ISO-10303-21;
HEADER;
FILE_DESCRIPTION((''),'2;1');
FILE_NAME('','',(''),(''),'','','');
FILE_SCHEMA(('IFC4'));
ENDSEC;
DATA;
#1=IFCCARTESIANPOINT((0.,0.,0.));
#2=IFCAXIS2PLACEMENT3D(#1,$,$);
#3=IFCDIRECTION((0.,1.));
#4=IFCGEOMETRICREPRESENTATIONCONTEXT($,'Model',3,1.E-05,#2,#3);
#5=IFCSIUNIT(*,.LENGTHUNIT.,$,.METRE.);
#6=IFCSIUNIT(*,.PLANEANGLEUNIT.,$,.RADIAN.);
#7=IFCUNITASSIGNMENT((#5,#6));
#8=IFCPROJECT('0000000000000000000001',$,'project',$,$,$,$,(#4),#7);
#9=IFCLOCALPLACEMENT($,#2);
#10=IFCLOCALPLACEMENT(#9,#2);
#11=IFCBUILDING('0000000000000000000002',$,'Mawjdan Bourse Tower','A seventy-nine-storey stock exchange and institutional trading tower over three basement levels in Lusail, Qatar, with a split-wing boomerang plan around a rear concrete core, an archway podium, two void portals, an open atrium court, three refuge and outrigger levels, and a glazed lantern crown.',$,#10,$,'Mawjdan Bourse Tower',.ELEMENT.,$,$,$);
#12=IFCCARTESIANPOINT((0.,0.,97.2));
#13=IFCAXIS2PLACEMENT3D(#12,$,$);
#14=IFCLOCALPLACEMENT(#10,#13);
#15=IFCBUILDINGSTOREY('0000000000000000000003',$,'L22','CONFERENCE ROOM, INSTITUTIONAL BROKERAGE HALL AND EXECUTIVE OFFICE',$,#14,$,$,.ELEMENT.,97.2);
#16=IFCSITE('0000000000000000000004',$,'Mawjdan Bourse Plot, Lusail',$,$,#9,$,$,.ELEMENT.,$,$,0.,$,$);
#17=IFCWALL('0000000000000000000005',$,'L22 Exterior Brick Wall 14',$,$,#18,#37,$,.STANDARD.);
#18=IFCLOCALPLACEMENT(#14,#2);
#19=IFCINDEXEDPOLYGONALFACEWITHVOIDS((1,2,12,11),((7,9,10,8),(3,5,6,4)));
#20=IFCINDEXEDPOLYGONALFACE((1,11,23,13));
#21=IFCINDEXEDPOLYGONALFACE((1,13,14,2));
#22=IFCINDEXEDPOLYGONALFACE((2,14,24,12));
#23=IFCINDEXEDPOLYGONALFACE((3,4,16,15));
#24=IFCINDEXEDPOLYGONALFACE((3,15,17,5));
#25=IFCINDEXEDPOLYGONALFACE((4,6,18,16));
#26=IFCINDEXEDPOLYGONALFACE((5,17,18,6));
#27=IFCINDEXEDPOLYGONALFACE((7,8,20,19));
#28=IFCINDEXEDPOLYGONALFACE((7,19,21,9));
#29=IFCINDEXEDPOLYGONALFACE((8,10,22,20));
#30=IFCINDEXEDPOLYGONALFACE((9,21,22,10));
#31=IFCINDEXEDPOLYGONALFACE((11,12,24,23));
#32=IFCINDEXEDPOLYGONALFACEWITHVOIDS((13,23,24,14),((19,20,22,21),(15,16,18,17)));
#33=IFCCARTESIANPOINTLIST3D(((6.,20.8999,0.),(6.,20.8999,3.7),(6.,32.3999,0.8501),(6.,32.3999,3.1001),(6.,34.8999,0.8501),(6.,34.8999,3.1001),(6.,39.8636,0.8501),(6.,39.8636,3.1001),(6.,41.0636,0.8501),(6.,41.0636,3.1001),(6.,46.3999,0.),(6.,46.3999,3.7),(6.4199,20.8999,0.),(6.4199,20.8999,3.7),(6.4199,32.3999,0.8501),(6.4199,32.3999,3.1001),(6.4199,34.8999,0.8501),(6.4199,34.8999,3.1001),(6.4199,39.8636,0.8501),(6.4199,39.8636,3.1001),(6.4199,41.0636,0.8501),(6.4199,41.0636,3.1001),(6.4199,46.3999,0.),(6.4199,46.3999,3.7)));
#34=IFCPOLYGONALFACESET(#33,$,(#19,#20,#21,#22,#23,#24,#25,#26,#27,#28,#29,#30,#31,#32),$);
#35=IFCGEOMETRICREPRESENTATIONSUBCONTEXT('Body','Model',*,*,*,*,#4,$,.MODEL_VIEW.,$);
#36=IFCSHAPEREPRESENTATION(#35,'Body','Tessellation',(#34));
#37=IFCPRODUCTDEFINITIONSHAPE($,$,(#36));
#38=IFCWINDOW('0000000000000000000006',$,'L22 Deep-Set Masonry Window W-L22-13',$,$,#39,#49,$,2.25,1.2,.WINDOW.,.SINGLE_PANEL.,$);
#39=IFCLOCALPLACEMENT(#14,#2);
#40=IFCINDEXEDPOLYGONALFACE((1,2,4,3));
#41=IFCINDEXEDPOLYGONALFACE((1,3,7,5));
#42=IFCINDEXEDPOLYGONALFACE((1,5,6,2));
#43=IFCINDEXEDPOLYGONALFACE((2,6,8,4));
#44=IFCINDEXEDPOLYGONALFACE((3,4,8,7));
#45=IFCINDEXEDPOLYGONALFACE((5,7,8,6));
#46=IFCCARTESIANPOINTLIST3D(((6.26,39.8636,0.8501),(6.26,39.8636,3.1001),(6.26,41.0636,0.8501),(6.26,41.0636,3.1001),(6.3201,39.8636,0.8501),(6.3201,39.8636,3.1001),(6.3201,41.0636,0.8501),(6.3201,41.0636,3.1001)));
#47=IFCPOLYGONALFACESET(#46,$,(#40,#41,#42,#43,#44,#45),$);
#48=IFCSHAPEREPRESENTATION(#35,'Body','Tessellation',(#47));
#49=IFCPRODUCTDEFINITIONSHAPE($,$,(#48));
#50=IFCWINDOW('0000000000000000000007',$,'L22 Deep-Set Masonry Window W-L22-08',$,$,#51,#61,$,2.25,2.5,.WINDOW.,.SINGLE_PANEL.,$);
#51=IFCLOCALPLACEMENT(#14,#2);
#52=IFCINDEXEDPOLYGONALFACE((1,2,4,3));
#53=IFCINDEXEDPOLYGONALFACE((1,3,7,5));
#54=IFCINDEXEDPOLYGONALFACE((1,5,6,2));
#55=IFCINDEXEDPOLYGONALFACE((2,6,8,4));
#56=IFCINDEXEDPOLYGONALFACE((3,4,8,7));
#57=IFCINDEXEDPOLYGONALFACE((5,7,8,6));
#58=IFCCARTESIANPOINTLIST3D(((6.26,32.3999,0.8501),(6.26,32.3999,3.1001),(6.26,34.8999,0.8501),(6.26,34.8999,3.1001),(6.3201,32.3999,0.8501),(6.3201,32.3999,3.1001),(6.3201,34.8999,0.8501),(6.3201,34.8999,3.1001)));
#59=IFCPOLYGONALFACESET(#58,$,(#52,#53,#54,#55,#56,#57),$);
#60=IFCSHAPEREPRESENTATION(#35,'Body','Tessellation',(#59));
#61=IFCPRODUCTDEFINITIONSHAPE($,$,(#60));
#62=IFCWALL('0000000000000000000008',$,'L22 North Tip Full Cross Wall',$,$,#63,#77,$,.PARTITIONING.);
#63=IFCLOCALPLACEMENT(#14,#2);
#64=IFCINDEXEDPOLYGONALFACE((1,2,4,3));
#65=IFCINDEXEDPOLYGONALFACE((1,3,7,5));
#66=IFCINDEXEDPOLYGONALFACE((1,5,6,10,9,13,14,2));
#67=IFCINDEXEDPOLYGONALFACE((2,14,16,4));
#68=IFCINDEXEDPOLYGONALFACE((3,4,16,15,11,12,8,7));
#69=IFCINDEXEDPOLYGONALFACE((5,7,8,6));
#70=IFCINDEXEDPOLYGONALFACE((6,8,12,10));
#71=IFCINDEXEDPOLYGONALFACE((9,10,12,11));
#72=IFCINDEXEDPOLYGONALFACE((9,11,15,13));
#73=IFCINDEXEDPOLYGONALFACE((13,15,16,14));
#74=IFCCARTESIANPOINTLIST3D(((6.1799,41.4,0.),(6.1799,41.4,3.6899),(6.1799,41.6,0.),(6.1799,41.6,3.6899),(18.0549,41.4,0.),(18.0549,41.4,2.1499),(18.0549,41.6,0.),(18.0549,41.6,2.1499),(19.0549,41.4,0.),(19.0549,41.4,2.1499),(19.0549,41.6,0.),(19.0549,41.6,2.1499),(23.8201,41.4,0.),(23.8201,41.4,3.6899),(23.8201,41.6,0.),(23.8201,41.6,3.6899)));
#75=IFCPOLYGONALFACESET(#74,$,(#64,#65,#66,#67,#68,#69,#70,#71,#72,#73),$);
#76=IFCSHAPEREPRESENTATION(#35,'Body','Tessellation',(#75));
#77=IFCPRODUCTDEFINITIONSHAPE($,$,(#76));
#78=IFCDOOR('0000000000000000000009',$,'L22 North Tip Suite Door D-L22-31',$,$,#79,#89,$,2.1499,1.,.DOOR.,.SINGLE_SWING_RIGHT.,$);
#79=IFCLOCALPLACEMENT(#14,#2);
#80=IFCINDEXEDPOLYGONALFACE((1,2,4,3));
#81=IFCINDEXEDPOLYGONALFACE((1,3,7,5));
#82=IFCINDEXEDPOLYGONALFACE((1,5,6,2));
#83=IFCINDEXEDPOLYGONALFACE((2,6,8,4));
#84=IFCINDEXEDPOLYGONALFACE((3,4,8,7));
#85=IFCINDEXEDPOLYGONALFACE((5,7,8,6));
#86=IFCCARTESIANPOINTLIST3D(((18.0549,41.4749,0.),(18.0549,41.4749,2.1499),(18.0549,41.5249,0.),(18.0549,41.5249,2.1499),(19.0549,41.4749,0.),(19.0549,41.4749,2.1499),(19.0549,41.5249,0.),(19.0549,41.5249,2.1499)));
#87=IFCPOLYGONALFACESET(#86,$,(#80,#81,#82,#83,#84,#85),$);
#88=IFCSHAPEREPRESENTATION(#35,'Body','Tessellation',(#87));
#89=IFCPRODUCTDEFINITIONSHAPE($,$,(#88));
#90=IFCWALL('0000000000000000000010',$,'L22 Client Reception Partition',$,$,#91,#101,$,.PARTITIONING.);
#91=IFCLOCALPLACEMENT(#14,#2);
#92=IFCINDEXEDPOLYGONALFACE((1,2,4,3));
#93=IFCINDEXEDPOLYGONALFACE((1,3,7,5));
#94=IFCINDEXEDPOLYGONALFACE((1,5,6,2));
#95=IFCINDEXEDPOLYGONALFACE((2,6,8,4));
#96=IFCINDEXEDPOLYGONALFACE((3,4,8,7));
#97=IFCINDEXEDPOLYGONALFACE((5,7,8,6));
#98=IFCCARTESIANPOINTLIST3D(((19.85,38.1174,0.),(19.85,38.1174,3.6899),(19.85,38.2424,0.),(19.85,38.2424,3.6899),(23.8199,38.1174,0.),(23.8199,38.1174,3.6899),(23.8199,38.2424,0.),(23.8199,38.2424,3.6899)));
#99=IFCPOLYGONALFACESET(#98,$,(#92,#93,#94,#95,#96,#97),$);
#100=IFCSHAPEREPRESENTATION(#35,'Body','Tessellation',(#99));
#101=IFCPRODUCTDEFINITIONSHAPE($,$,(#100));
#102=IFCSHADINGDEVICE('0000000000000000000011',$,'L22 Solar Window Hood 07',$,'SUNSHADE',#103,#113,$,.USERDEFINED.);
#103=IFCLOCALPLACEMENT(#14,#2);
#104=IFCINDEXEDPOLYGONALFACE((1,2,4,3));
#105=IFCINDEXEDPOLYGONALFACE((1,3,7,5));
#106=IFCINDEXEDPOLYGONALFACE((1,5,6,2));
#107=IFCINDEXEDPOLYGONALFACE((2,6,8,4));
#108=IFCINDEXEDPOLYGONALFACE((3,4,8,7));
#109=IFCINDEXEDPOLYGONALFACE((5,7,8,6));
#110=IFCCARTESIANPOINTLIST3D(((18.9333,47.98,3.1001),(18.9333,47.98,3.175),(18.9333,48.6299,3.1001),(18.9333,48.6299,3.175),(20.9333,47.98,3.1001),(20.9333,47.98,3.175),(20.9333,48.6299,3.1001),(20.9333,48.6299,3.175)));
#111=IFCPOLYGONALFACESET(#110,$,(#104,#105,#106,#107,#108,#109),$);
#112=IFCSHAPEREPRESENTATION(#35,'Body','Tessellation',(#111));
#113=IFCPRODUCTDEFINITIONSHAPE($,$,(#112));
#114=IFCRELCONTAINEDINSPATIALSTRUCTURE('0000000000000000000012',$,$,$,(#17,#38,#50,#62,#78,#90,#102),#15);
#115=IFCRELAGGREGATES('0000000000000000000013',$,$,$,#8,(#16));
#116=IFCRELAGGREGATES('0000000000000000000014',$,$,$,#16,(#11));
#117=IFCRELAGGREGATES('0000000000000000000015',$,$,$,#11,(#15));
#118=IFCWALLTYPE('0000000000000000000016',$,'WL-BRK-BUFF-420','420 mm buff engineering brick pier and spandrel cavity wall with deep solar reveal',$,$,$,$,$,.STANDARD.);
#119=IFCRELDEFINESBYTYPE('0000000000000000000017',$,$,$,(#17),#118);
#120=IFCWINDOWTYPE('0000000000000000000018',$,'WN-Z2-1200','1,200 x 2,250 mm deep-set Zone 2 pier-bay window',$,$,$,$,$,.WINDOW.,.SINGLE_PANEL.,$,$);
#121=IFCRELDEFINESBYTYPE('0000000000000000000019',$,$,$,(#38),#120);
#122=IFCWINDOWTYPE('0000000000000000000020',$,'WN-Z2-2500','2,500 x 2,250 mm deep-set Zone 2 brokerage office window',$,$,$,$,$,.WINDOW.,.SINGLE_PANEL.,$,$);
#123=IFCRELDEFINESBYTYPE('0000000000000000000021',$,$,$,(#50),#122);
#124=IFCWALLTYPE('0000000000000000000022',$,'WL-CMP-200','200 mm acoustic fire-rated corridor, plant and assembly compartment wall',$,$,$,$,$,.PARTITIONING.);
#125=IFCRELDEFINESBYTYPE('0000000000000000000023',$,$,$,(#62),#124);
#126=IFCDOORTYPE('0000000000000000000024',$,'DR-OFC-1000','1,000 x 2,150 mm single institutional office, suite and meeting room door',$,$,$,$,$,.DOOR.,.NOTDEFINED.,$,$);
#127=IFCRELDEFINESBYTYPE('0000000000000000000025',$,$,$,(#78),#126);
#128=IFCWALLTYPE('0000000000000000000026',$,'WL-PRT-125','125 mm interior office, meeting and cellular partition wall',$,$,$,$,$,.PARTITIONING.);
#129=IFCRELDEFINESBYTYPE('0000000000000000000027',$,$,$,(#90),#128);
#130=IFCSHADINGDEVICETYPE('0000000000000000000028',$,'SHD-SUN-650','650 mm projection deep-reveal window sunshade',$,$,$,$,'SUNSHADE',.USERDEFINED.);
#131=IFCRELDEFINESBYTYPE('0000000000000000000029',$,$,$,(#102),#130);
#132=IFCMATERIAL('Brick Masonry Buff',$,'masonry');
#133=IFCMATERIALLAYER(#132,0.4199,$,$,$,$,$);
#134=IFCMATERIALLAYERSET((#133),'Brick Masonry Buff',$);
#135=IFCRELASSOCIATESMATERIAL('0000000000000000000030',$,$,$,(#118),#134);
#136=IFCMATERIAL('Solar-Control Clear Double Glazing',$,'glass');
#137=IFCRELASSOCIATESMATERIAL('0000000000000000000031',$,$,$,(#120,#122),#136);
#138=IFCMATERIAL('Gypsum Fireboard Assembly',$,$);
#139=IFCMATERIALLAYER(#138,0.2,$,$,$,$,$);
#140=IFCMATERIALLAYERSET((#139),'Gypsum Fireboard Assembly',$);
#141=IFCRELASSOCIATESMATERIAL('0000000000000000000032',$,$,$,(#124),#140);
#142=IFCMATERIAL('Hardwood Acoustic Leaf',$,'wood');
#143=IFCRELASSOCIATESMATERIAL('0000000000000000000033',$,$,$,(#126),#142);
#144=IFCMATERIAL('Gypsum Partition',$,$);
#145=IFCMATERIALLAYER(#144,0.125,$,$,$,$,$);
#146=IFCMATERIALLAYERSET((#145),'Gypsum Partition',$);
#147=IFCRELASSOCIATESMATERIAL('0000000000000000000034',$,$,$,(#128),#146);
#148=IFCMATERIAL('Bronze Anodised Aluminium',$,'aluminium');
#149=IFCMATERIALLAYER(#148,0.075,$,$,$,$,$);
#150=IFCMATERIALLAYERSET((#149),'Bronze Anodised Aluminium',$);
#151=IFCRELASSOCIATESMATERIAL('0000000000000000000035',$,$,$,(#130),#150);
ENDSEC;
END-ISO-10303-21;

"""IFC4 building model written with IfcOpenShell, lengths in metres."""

from ifc_helpers import new_model, si_unit, direction, frame, frame_2d, origin, origin_2d, place, context, subcontext, project, spatial, rectangle, extrude, material, layer, layer_set, type_object, element, fill, save


model = new_model("IFC4")

# Units and contexts
model_context = context("Model", 3, precision=1e-05, world=origin(), true_north=direction((0.0, 1.0)))
body_context = subcontext(model_context, "Body", "Model", "MODEL_VIEW")
ifc_project = project(units=[si_unit("LENGTHUNIT", "METRE"), si_unit("PLANEANGLEUNIT", "RADIAN")], contexts=[model_context])

# Site, building, storey
site_placement = place(None, origin())
site = spatial("IfcSite", under=ifc_project, at=site_placement, Name="Mawjdan Bourse Plot, Lusail", CompositionType="ELEMENT", RefElevation=0.0)
building_placement = place(site_placement, origin())
building = spatial("IfcBuilding", under=site, at=building_placement, Name="Mawjdan Bourse Tower", Description="A seventy-nine-storey stock exchange and institutional trading tower over three basement levels in Lusail, Qatar, with a split-wing boomerang plan around a rear concrete core, an archway podium, two void portals, an open atrium court, three refuge and outrigger levels, and a glazed lantern crown.", LongName="Mawjdan Bourse Tower", CompositionType="ELEMENT")
storey_placement = place(building_placement, frame((0.0, 0.0, 97.2)))
storey = spatial("IfcBuildingStorey", under=building, at=storey_placement, Name="L22", Description="CONFERENCE ROOM, INSTITUTIONAL BROKERAGE HALL AND EXECUTIVE OFFICE", CompositionType="ELEMENT", Elevation=97.2)

# Shared definitions
ifc_material_1 = material(Name="Brick Masonry Buff", Category="masonry")
ifc_layer_1 = layer(ifc_material_1, 0.4199)
ifc_layer_set_1 = layer_set([ifc_layer_1], Name="Brick Masonry Buff")
wall_type_1 = type_object("IfcWallType", Name="WL-BRK-BUFF-420", Description="420 mm buff engineering brick pier and spandrel cavity wall with deep solar reveal", PredefinedType="STANDARD", material=ifc_layer_set_1)

# Wall, openings, windows
wall_1_placement = place(storey_placement, frame((6.21, 46.3999, 0.0), z_axis=(0.0, 0.0, 1.0), x_axis=(0.0, -1.0, 0.0)))
wall_1 = element("IfcWall", 1, at=wall_1_placement, inside=storey, type_object=wall_type_1, Name="L22 Exterior Brick Wall 14", PredefinedType="STANDARD", context=body_context, shape_type="SweptSolid", body=[
    extrude(rectangle(XDim=25.5, YDim=0.4199, at=frame_2d((12.75, 0.0))), origin(), (0.0, 0.0, 1.0), 3.7),
])
opening_1_placement = place(wall_1_placement, frame((11.5, 0.0, 0.8501)))
opening_1 = element("IfcOpeningElement", 2, at=opening_1_placement, cuts=wall_1, PredefinedType="OPENING", context=body_context, shape_type="SweptSolid", body=[
    extrude(rectangle(XDim=2.5, YDim=2.25, at=frame_2d((1.25, 1.125))), frame((0.0, 0.22, 0.0), z_axis=(0.0, -1.0, 0.0), x_axis=(1.0, 0.0, 0.0)), (0.0, 0.0, 1.0), 0.4399),
])
opening_2_placement = place(wall_1_placement, frame((5.3362, 0.0, 0.8501)))
opening_2 = element("IfcOpeningElement", 3, at=opening_2_placement, cuts=wall_1, PredefinedType="OPENING", context=body_context, shape_type="SweptSolid", body=[
    extrude(rectangle(XDim=1.2, YDim=2.25, at=frame_2d((0.6001, 1.125))), frame((0.0, 0.22, 0.0), z_axis=(0.0, -1.0, 0.0), x_axis=(1.0, 0.0, 0.0)), (0.0, 0.0, 1.0), 0.4399),
])
ifc_material_2 = material(Name="Solar-Control Clear Double Glazing", Category="glass")
window_type_1 = type_object("IfcWindowType", Name="WN-Z2-1200", Description="1,200 x 2,250 mm deep-set Zone 2 pier-bay window", PartitioningType="SINGLE_PANEL", PredefinedType="WINDOW", material=ifc_material_2)
window_1_placement = place(opening_2_placement, origin())
window_1 = element("IfcWindow", 4, at=window_1_placement, inside=storey, type_object=window_type_1, Name="L22 Deep-Set Masonry Window W-L22-13", OverallHeight=2.25, OverallWidth=1.2, PartitioningType="SINGLE_PANEL", PredefinedType="WINDOW", context=body_context, shape_type="SweptSolid", body=[
    extrude(rectangle(XDim=1.2, YDim=2.25, at=frame_2d((0.6001, 1.125))), frame((0.0, 0.1101, 0.0), z_axis=(0.0, -1.0, 0.0), x_axis=(1.0, 0.0, 0.0)), (0.0, 0.0, 1.0), 0.0601),
])
fill(opening_2, window_1)
window_type_2 = type_object("IfcWindowType", Name="WN-Z2-2500", Description="2,500 x 2,250 mm deep-set Zone 2 brokerage office window", PartitioningType="SINGLE_PANEL", PredefinedType="WINDOW", material=ifc_material_2)
window_2_placement = place(opening_1_placement, origin())
window_2 = element("IfcWindow", 5, at=window_2_placement, inside=storey, type_object=window_type_2, Name="L22 Deep-Set Masonry Window W-L22-08", OverallHeight=2.25, OverallWidth=2.5, PartitioningType="SINGLE_PANEL", PredefinedType="WINDOW", context=body_context, shape_type="SweptSolid", body=[
    extrude(rectangle(XDim=2.5, YDim=2.25, at=frame_2d((1.25, 1.125))), frame((0.0, 0.1101, 0.0), z_axis=(0.0, -1.0, 0.0), x_axis=(1.0, 0.0, 0.0)), (0.0, 0.0, 1.0), 0.0601),
])
fill(opening_1, window_2)

# Wall, opening, door
ifc_material_3 = material(Name="Gypsum Fireboard Assembly")
ifc_layer_2 = layer(ifc_material_3, 0.2)
ifc_layer_set_2 = layer_set([ifc_layer_2], Name="Gypsum Fireboard Assembly")
wall_type_2 = type_object("IfcWallType", Name="WL-CMP-200", Description="200 mm acoustic fire-rated corridor, plant and assembly compartment wall", PredefinedType="PARTITIONING", material=ifc_layer_set_2)
ifc_material_4 = material(Name="Hardwood Acoustic Leaf", Category="wood")
door_type = type_object("IfcDoorType", Name="DR-OFC-1000", Description="1,000 x 2,150 mm single institutional office, suite and meeting room door", OperationType="NOTDEFINED", PredefinedType="DOOR", material=ifc_material_4)
wall_2_placement = place(storey_placement, frame((6.1799, 41.5, 0.0), z_axis=(0.0, 0.0, 1.0), x_axis=(1.0, 0.0, 0.0)))
wall_2 = element("IfcWall", 6, at=wall_2_placement, inside=storey, type_object=wall_type_2, Name="L22 North Tip Full Cross Wall", PredefinedType="PARTITIONING", context=body_context, shape_type="SweptSolid", body=[
    extrude(rectangle(XDim=17.6401, YDim=0.2, at=frame_2d((8.8201, 0.0))), origin(), (0.0, 0.0, 1.0), 3.6899),
])
opening_3_placement = place(wall_2_placement, frame((11.875, 0.0, 0.0)))
opening_3 = element("IfcOpeningElement", 7, at=opening_3_placement, cuts=wall_2, PredefinedType="OPENING", context=body_context, shape_type="SweptSolid", body=[
    extrude(rectangle(XDim=1.0, YDim=2.1499, at=frame_2d((0.5, 1.075))), frame((0.0, 0.1099, 0.0), z_axis=(0.0, -1.0, 0.0), x_axis=(1.0, 0.0, 0.0)), (0.0, 0.0, 1.0), 0.22),
])
door_1_placement = place(opening_3_placement, origin())
door_1 = element("IfcDoor", 8, at=door_1_placement, inside=storey, type_object=door_type, Name="L22 North Tip Suite Door D-L22-31", OperationType="SINGLE_SWING_RIGHT", OverallHeight=2.1499, OverallWidth=1.0, PredefinedType="DOOR", context=body_context, shape_type="SweptSolid", body=[
    extrude(rectangle(XDim=1.0, YDim=2.1499, at=frame_2d((0.5, 1.075))), frame((0.0, 0.0249, 0.0), z_axis=(0.0, -1.0, 0.0), x_axis=(1.0, 0.0, 0.0)), (0.0, 0.0, 1.0), 0.05),
])
fill(opening_3, door_1)

# Wall
ifc_material_5 = material(Name="Gypsum Partition")
ifc_layer_3 = layer(ifc_material_5, 0.125)
ifc_layer_set_3 = layer_set([ifc_layer_3], Name="Gypsum Partition")
wall_type_3 = type_object("IfcWallType", Name="WL-PRT-125", Description="125 mm interior office, meeting and cellular partition wall", PredefinedType="PARTITIONING", material=ifc_layer_set_3)
wall_3_placement = place(storey_placement, frame((19.8501, 38.1799, 0.0), z_axis=(0.0, 0.0, 1.0), x_axis=(1.0, 0.0, 0.0)))
element("IfcWall", 9, at=wall_3_placement, inside=storey, type_object=wall_type_3, Name="L22 Client Reception Partition", PredefinedType="PARTITIONING", context=body_context, shape_type="SweptSolid", body=[
    extrude(rectangle(XDim=3.97, YDim=0.125, at=frame_2d((1.9849, 0.0))), origin(), (0.0, 0.0, 1.0), 3.6899),
])

# Shading device
ifc_material_6 = material(Name="Bronze Anodised Aluminium", Category="aluminium")
ifc_layer_4 = layer(ifc_material_6, 0.075)
ifc_layer_set_4 = layer_set([ifc_layer_4], Name="Bronze Anodised Aluminium")
shading_device_type = type_object("IfcShadingDeviceType", Name="SHD-SUN-650", Description="650 mm projection deep-reveal window sunshade", ElementType="SUNSHADE", PredefinedType="USERDEFINED", material=ifc_layer_set_4)
shading_device_placement = place(storey_placement, frame((19.9333, 48.3049, 3.1001), z_axis=(0.0, 0.0, 1.0), x_axis=(-1.0, 0.0, 0.0)))
element("IfcShadingDevice", 10, at=shading_device_placement, inside=storey, type_object=shading_device_type, Name="L22 Solar Window Hood 07", ObjectType="SUNSHADE", PredefinedType="USERDEFINED", context=body_context, shape_type="SweptSolid", body=[
    extrude(rectangle(XDim=2.0, YDim=0.6499, at=origin_2d()), origin(), (0.0, 0.0, 1.0), 0.075),
])

save(model, "model.ifc")
